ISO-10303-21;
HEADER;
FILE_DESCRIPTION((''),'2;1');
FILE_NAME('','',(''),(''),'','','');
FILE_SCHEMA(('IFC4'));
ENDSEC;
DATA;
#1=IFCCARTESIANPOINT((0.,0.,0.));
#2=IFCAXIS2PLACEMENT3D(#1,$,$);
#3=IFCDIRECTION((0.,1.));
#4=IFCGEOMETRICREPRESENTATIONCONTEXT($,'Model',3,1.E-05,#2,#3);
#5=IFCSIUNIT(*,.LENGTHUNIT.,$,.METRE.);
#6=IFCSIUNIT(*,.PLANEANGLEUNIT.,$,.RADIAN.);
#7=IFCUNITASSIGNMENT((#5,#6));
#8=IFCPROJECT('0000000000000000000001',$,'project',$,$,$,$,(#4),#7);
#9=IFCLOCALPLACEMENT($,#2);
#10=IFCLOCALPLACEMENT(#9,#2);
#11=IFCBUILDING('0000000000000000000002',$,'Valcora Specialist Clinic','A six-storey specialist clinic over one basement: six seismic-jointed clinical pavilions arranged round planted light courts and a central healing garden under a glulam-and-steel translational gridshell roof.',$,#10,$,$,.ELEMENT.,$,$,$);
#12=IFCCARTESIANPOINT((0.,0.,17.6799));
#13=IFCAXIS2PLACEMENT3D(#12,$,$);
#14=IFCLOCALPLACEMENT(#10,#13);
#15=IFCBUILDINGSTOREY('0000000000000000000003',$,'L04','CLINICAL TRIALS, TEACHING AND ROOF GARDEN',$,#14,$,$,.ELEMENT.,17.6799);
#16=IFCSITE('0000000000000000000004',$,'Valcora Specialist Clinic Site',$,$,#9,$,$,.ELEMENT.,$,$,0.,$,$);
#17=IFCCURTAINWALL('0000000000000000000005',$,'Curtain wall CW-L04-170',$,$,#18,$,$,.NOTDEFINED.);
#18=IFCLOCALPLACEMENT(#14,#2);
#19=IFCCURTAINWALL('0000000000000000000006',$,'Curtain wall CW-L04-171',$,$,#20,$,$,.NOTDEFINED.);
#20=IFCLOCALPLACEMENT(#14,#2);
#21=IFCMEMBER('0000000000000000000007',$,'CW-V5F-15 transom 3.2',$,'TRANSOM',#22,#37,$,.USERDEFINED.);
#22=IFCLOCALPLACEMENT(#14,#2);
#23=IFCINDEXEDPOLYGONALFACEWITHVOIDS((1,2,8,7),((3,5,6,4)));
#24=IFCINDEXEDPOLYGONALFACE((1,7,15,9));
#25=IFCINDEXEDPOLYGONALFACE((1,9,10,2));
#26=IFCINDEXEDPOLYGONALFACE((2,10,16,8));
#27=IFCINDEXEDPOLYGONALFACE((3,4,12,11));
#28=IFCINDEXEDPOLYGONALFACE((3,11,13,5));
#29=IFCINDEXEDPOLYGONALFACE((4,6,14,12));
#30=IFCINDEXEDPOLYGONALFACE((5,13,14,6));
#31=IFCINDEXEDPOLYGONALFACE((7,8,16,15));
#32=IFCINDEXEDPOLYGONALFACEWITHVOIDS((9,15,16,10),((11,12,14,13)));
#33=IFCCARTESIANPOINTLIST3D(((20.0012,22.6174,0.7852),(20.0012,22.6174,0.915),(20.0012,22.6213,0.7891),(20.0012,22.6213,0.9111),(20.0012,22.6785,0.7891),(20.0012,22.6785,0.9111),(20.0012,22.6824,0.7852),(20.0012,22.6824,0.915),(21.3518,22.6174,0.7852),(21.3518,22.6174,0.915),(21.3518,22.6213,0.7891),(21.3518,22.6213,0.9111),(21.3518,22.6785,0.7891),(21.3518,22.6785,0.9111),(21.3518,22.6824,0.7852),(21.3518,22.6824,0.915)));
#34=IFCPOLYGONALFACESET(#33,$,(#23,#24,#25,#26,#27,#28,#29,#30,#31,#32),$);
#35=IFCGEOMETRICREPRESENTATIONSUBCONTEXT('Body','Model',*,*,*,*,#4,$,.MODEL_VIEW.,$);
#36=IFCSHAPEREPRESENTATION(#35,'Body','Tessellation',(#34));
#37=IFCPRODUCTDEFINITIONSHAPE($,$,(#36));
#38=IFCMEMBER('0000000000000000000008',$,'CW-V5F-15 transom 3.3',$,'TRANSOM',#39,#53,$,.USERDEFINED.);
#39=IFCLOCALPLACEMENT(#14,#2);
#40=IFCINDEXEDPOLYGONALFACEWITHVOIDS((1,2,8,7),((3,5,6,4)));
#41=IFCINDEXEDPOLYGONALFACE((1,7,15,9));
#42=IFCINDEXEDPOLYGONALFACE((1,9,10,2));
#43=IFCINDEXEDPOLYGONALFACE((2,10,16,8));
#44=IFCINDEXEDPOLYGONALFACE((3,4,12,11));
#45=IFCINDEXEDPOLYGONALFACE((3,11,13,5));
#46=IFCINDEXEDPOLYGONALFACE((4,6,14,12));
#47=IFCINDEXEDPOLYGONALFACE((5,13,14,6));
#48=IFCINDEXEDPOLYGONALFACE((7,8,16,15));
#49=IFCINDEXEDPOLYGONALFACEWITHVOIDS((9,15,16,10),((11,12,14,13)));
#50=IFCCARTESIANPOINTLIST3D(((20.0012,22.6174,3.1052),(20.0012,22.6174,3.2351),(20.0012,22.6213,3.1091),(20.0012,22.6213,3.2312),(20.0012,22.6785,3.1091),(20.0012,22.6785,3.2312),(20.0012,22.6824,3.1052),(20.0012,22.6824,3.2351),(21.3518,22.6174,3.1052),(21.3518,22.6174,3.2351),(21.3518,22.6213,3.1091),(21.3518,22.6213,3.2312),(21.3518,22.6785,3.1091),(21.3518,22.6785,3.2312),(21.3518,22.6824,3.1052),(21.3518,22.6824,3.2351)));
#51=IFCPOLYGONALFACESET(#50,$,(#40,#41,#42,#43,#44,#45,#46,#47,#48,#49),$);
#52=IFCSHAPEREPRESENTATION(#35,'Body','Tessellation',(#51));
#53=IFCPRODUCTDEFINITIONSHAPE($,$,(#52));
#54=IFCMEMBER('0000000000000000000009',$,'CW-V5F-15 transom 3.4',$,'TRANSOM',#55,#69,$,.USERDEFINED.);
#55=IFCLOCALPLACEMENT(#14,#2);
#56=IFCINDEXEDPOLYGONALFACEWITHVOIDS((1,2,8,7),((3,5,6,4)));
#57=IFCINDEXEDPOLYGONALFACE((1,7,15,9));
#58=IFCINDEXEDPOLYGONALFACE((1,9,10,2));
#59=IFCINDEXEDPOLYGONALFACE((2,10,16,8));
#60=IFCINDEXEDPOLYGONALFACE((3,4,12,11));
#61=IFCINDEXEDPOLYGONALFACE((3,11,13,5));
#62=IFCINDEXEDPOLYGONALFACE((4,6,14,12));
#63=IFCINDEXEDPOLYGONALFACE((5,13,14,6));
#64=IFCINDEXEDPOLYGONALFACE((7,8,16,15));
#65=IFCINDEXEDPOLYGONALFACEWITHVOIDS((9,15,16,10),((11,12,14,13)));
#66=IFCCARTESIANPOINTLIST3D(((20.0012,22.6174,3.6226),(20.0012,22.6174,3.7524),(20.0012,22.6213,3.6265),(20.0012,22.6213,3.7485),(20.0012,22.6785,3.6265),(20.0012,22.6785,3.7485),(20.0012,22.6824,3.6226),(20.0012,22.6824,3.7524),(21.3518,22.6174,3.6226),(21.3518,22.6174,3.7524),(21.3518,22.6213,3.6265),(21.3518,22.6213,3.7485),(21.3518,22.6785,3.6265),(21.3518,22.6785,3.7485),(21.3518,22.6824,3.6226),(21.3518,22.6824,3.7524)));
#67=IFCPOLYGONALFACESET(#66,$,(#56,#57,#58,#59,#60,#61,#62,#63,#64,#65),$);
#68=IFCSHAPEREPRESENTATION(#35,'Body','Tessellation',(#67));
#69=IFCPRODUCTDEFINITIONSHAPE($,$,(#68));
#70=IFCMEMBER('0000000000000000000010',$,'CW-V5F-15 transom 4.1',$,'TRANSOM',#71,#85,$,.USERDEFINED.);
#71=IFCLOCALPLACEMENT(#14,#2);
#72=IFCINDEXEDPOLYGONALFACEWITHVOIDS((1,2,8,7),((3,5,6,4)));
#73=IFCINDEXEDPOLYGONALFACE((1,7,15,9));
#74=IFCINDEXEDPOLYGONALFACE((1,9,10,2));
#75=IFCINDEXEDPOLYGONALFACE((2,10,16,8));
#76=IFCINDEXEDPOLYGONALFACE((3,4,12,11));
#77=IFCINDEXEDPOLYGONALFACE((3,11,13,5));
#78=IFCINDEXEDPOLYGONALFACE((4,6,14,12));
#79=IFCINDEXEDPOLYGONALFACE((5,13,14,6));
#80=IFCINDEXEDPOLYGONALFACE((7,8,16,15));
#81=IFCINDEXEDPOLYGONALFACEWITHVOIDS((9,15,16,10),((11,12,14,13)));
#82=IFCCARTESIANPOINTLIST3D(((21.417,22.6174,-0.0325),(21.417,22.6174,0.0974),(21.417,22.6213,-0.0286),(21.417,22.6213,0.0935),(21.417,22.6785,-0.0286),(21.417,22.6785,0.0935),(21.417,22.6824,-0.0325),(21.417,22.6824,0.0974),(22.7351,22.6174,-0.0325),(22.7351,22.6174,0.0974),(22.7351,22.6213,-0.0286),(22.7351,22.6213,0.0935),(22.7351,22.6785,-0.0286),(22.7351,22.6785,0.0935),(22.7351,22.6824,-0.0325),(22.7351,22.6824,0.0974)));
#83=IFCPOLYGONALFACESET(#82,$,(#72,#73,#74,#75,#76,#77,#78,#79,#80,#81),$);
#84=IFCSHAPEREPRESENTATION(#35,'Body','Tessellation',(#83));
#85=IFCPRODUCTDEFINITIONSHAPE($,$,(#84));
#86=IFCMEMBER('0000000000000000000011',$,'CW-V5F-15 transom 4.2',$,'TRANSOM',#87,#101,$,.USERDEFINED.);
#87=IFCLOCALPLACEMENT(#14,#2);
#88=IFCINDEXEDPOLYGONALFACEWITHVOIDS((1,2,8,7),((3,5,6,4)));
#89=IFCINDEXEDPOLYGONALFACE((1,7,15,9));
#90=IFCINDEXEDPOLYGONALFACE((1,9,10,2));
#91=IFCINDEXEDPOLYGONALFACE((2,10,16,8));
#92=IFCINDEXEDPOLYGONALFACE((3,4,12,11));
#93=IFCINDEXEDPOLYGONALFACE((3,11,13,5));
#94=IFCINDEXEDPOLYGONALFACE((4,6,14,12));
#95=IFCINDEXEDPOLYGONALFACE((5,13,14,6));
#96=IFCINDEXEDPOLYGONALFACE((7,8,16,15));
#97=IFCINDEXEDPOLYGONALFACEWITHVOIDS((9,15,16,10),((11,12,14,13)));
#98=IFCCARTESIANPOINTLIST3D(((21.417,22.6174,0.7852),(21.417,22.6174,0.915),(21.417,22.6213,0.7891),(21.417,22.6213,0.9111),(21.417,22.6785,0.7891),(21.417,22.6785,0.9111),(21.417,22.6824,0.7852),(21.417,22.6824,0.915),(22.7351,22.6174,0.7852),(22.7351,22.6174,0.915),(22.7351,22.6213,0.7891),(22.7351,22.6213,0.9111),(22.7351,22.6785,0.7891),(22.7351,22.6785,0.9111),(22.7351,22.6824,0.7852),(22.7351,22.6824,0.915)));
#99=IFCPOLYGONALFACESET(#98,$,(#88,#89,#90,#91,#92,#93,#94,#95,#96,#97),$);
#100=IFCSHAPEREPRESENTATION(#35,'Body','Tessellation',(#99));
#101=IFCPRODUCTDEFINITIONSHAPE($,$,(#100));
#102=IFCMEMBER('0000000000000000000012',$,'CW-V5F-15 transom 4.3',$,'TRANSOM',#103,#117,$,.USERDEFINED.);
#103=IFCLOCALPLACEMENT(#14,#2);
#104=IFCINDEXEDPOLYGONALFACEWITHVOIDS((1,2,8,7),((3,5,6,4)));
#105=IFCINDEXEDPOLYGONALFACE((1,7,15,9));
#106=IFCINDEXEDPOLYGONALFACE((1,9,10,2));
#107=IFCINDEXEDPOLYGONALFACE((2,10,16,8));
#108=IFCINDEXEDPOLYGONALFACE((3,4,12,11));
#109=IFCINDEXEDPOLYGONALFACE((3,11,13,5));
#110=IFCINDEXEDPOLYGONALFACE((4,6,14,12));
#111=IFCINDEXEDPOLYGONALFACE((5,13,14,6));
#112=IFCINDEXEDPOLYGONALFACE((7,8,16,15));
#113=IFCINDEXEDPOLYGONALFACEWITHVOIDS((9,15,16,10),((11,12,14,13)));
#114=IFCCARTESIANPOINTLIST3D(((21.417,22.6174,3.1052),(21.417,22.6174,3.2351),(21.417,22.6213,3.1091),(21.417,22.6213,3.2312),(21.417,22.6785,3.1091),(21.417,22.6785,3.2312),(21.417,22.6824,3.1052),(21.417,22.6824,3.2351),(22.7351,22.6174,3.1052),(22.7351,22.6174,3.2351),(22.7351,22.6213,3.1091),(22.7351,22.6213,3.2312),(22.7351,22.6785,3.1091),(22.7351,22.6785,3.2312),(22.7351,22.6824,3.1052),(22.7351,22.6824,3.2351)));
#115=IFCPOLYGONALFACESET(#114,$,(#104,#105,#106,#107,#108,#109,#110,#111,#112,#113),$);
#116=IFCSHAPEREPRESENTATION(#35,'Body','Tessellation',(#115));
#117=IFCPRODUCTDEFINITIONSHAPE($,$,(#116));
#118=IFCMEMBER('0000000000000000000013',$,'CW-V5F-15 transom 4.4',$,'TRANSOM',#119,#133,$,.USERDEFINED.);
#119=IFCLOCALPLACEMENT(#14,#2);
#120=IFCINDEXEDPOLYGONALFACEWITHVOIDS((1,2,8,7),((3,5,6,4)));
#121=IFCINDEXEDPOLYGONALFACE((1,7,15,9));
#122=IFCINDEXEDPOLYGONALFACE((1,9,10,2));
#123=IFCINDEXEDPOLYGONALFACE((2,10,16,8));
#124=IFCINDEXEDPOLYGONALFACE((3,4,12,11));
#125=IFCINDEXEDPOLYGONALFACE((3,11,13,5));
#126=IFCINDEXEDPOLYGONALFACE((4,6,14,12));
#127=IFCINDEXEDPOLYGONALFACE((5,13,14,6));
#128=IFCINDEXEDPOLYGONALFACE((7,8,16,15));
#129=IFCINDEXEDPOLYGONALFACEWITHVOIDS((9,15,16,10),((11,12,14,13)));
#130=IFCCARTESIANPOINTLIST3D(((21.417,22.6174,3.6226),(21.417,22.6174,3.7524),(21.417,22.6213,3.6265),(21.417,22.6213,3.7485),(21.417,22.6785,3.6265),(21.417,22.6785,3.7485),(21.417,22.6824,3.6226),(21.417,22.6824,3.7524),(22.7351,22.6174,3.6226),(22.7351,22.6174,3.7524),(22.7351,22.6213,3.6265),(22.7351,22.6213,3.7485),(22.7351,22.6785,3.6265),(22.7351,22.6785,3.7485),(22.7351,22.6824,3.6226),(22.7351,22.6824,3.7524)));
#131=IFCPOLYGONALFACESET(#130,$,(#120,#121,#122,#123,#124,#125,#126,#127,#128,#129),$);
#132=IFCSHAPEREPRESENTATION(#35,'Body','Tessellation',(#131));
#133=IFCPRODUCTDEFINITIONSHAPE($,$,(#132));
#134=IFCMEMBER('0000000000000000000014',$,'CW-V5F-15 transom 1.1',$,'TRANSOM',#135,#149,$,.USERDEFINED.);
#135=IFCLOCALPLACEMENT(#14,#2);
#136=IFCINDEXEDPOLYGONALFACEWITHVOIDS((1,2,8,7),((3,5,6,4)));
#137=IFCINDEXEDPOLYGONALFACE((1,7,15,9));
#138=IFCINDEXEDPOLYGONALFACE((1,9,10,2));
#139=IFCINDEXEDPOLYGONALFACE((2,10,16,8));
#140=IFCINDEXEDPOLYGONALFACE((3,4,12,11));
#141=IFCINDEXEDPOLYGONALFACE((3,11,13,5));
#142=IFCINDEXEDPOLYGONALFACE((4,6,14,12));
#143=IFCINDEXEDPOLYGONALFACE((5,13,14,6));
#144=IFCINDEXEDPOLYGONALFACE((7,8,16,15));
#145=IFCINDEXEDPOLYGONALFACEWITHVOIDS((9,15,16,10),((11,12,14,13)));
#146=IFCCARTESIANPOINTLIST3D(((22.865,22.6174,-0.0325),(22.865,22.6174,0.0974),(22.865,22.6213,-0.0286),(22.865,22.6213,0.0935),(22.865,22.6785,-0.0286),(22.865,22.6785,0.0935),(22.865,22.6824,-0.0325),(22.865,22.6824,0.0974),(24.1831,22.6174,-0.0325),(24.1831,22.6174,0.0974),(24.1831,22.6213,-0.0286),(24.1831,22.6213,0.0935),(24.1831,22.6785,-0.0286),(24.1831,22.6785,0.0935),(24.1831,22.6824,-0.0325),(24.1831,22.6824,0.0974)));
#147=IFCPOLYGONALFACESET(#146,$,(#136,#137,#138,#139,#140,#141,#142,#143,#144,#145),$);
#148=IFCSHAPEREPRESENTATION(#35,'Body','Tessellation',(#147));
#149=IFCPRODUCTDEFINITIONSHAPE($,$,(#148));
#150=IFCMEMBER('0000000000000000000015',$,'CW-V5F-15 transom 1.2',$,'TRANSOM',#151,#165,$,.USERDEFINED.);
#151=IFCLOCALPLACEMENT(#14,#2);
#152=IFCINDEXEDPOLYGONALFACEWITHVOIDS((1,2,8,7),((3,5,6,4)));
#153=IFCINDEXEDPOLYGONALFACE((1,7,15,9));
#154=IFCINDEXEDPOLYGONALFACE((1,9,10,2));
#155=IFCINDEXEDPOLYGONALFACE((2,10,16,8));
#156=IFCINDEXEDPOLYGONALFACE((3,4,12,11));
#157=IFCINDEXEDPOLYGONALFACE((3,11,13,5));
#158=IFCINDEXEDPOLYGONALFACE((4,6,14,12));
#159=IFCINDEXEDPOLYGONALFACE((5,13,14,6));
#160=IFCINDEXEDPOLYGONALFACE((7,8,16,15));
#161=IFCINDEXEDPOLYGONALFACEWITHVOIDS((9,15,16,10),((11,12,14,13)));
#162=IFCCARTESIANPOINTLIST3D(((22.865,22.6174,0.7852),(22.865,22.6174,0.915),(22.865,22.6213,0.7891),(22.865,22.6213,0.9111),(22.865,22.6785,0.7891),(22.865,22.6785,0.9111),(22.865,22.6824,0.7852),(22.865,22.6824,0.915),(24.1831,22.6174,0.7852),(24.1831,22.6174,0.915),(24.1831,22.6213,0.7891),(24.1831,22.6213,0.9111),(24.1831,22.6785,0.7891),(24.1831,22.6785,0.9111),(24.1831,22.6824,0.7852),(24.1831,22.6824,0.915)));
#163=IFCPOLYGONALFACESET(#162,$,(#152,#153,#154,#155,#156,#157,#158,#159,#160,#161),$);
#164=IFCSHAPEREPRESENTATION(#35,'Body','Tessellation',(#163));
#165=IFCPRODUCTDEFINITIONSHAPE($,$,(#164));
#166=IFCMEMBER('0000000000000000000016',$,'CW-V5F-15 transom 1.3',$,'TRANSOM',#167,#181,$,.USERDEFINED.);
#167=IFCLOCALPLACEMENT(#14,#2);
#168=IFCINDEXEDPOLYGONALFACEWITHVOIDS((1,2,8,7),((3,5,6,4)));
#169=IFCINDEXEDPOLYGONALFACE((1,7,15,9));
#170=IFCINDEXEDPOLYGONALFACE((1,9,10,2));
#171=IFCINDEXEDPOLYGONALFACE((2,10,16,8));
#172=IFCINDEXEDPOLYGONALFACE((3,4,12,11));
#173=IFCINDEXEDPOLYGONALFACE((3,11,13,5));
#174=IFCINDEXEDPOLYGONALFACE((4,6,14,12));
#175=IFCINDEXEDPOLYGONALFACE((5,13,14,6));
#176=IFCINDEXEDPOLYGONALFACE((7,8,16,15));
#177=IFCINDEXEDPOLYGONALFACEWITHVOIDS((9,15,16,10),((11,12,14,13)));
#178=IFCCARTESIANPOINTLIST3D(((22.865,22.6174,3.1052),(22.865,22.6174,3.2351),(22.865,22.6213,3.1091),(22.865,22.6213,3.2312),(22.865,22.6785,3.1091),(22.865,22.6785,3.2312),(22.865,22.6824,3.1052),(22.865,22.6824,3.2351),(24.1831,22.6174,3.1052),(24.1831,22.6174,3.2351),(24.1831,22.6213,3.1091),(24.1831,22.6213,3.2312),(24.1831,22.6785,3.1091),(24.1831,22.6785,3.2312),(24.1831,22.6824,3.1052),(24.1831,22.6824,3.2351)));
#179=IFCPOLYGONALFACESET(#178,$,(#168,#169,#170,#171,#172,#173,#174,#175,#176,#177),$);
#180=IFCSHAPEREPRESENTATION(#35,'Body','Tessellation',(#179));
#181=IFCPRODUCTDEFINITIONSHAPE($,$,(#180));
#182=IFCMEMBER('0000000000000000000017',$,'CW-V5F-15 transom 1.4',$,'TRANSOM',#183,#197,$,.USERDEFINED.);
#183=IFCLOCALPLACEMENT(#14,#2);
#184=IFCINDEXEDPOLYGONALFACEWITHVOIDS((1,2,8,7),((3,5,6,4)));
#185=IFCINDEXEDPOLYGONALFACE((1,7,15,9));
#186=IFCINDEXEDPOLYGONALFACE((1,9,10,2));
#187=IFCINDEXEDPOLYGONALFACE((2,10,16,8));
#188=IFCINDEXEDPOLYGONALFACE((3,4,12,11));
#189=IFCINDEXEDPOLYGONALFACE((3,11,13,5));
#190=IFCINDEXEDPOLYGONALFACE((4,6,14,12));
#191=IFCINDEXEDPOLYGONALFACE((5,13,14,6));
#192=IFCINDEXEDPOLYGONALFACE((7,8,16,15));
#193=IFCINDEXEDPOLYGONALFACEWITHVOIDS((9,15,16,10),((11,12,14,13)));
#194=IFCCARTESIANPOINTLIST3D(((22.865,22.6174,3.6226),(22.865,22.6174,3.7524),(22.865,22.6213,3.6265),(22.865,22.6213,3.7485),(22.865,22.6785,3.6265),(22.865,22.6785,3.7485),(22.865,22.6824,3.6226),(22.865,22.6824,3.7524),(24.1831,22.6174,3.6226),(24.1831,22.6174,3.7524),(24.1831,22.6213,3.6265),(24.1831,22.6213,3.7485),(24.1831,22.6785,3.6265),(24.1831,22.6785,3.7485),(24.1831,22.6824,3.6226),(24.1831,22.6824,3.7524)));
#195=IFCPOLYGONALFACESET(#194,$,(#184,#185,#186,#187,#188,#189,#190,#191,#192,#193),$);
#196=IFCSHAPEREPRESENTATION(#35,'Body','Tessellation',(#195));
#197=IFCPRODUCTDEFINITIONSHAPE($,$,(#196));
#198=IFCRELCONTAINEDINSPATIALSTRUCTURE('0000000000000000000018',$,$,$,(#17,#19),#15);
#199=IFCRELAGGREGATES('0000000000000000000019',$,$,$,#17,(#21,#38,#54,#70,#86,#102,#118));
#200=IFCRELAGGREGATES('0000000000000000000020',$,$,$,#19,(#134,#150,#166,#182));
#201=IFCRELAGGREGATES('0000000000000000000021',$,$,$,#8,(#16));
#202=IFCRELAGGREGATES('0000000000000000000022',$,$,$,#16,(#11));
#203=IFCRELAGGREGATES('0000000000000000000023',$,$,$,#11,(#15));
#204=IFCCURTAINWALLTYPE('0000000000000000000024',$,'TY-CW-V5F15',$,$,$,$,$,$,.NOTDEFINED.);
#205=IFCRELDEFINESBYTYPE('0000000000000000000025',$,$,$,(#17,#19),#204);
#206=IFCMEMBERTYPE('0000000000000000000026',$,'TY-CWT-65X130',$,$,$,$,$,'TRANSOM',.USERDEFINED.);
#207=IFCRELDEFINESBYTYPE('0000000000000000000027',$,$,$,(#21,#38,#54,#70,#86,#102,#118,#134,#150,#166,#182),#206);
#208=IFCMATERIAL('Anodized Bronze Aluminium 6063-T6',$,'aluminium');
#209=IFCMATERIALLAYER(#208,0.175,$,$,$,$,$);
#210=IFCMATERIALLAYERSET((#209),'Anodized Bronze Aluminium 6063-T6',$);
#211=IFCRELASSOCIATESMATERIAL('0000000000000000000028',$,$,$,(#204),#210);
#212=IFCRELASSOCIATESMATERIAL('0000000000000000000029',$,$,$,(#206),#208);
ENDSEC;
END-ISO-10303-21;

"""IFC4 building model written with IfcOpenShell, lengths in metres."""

from ifc_helpers import new_model, si_unit, direction, frame, origin, origin_2d, place, context, subcontext, project, spatial, hollow_rectangle, extrude, material, layer, layer_set, material_profile, profile_set, type_object, element, aggregate, save


model = new_model("IFC4")

# Units and contexts
model_context = context("Model", 3, precision=1e-05, world=origin(), true_north=direction((0.0, 1.0)))
body_context = subcontext(model_context, "Body", "Model", "MODEL_VIEW")
ifc_project = project(units=[si_unit("LENGTHUNIT", "METRE"), si_unit("PLANEANGLEUNIT", "RADIAN")], contexts=[model_context])

# Site, building, storey
site_placement = place(None, origin())
site = spatial("IfcSite", under=ifc_project, at=site_placement, Name="Valcora Specialist Clinic Site", CompositionType="ELEMENT", RefElevation=0.0)
building_placement = place(site_placement, origin())
building = spatial("IfcBuilding", under=site, at=building_placement, Name="Valcora Specialist Clinic", Description="A six-storey specialist clinic over one basement: six seismic-jointed clinical pavilions arranged round planted light courts and a central healing garden under a glulam-and-steel translational gridshell roof.", CompositionType="ELEMENT")
storey_placement = place(building_placement, frame((0.0, 0.0, 17.6799)))
storey = spatial("IfcBuildingStorey", under=building, at=storey_placement, Name="L04", Description="CLINICAL TRIALS, TEACHING AND ROOF GARDEN", CompositionType="ELEMENT", Elevation=17.6799)

# Curtain walls
ifc_material_1 = material(Name="Anodized Bronze Aluminium 6063-T6", Category="aluminium")
ifc_layer_1 = layer(ifc_material_1, 0.175)
ifc_layer_set_1 = layer_set([ifc_layer_1], Name="Anodized Bronze Aluminium 6063-T6")
curtain_wall_type = type_object("IfcCurtainWallType", Name="TY-CW-V5F15", PredefinedType="NOTDEFINED", material=ifc_layer_set_1)
curtain_wall_1_placement = place(storey_placement, origin())
curtain_wall_1 = element("IfcCurtainWall", 1, at=curtain_wall_1_placement, inside=storey, type_object=curtain_wall_type, Name="Curtain wall CW-L04-170", PredefinedType="NOTDEFINED")
curtain_wall_2_placement = place(storey_placement, origin())
curtain_wall_2 = element("IfcCurtainWall", 2, at=curtain_wall_2_placement, inside=storey, type_object=curtain_wall_type, Name="Curtain wall CW-L04-171", PredefinedType="NOTDEFINED")

# Members
ifc_material_profile_1 = material_profile(ifc_material_1, hollow_rectangle(XDim=0.0649, YDim=0.1299, WallThickness=0.0039, at=origin_2d()), Name="AL-TRN-65X130")
ifc_profile_set_1 = profile_set([ifc_material_profile_1], Name="Anodized Bronze Aluminium 6063-T6")
member_type_1 = type_object("IfcMemberType", Name="TY-CWT-65X130", ElementType="TRANSOM", PredefinedType="USERDEFINED", material=ifc_profile_set_1)
member_1_placement = place(storey_placement, frame((20.0012, 22.6499, 0.8501), z_axis=(1.0, 0.0, 0.0), x_axis=(0.0, 1.0, 0.0)))
member_1 = element("IfcMember", 3, at=member_1_placement, type_object=member_type_1, Name="CW-V5F-15 transom 3.2", ObjectType="TRANSOM", PredefinedType="USERDEFINED", context=body_context, shape_type="SweptSolid", body=[
    extrude(hollow_rectangle(XDim=0.0649, YDim=0.1299, WallThickness=0.0039, at=origin_2d()), origin(), (0.0, 0.0, 1.0), 1.3506),
])
member_2_placement = place(storey_placement, frame((20.0012, 22.6499, 3.1702), z_axis=(1.0, 0.0, 0.0), x_axis=(0.0, 1.0, 0.0)))
member_2 = element("IfcMember", 4, at=member_2_placement, type_object=member_type_1, Name="CW-V5F-15 transom 3.3", ObjectType="TRANSOM", PredefinedType="USERDEFINED", context=body_context, shape_type="SweptSolid", body=[
    extrude(hollow_rectangle(XDim=0.0649, YDim=0.1299, WallThickness=0.0039, at=origin_2d()), origin(), (0.0, 0.0, 1.0), 1.3506),
])
member_3_placement = place(storey_placement, frame((20.0012, 22.6499, 3.6875), z_axis=(1.0, 0.0, 0.0), x_axis=(0.0, 1.0, 0.0)))
member_3 = element("IfcMember", 5, at=member_3_placement, type_object=member_type_1, Name="CW-V5F-15 transom 3.4", ObjectType="TRANSOM", PredefinedType="USERDEFINED", context=body_context, shape_type="SweptSolid", body=[
    extrude(hollow_rectangle(XDim=0.0649, YDim=0.1299, WallThickness=0.0039, at=origin_2d()), origin(), (0.0, 0.0, 1.0), 1.3506),
])
member_4_placement = place(storey_placement, frame((21.417, 22.6499, 0.0325), z_axis=(1.0, 0.0, 0.0), x_axis=(0.0, 1.0, 0.0)))
member_4 = element("IfcMember", 6, at=member_4_placement, type_object=member_type_1, Name="CW-V5F-15 transom 4.1", ObjectType="TRANSOM", PredefinedType="USERDEFINED", context=body_context, shape_type="SweptSolid", body=[
    extrude(hollow_rectangle(XDim=0.0649, YDim=0.1299, WallThickness=0.0039, at=origin_2d()), origin(), (0.0, 0.0, 1.0), 1.3181),
])
member_5_placement = place(storey_placement, frame((21.417, 22.6499, 0.8501), z_axis=(1.0, 0.0, 0.0), x_axis=(0.0, 1.0, 0.0)))
member_5 = element("IfcMember", 7, at=member_5_placement, type_object=member_type_1, Name="CW-V5F-15 transom 4.2", ObjectType="TRANSOM", PredefinedType="USERDEFINED", context=body_context, shape_type="SweptSolid", body=[
    extrude(hollow_rectangle(XDim=0.0649, YDim=0.1299, WallThickness=0.0039, at=origin_2d()), origin(), (0.0, 0.0, 1.0), 1.3181),
])
member_6_placement = place(storey_placement, frame((21.417, 22.6499, 3.1702), z_axis=(1.0, 0.0, 0.0), x_axis=(0.0, 1.0, 0.0)))
member_6 = element("IfcMember", 8, at=member_6_placement, type_object=member_type_1, Name="CW-V5F-15 transom 4.3", ObjectType="TRANSOM", PredefinedType="USERDEFINED", context=body_context, shape_type="SweptSolid", body=[
    extrude(hollow_rectangle(XDim=0.0649, YDim=0.1299, WallThickness=0.0039, at=origin_2d()), origin(), (0.0, 0.0, 1.0), 1.3181),
])
member_7_placement = place(storey_placement, frame((21.417, 22.6499, 3.6875), z_axis=(1.0, 0.0, 0.0), x_axis=(0.0, 1.0, 0.0)))
member_7 = element("IfcMember", 9, at=member_7_placement, type_object=member_type_1, Name="CW-V5F-15 transom 4.4", ObjectType="TRANSOM", PredefinedType="USERDEFINED", context=body_context, shape_type="SweptSolid", body=[
    extrude(hollow_rectangle(XDim=0.0649, YDim=0.1299, WallThickness=0.0039, at=origin_2d()), origin(), (0.0, 0.0, 1.0), 1.3181),
])
member_8_placement = place(storey_placement, frame((22.865, 22.6499, 0.0325), z_axis=(1.0, 0.0, 0.0), x_axis=(0.0, 1.0, 0.0)))
member_8 = element("IfcMember", 10, at=member_8_placement, type_object=member_type_1, Name="CW-V5F-15 transom 1.1", ObjectType="TRANSOM", PredefinedType="USERDEFINED", context=body_context, shape_type="SweptSolid", body=[
    extrude(hollow_rectangle(XDim=0.0649, YDim=0.1299, WallThickness=0.0039, at=origin_2d()), origin(), (0.0, 0.0, 1.0), 1.3181),
])
member_9_placement = place(storey_placement, frame((22.865, 22.6499, 0.8501), z_axis=(1.0, 0.0, 0.0), x_axis=(0.0, 1.0, 0.0)))
member_9 = element("IfcMember", 11, at=member_9_placement, type_object=member_type_1, Name="CW-V5F-15 transom 1.2", ObjectType="TRANSOM", PredefinedType="USERDEFINED", context=body_context, shape_type="SweptSolid", body=[
    extrude(hollow_rectangle(XDim=0.0649, YDim=0.1299, WallThickness=0.0039, at=origin_2d()), origin(), (0.0, 0.0, 1.0), 1.3181),
])
member_10_placement = place(storey_placement, frame((22.865, 22.6499, 3.1702), z_axis=(1.0, 0.0, 0.0), x_axis=(0.0, 1.0, 0.0)))
member_10 = element("IfcMember", 12, at=member_10_placement, type_object=member_type_1, Name="CW-V5F-15 transom 1.3", ObjectType="TRANSOM", PredefinedType="USERDEFINED", context=body_context, shape_type="SweptSolid", body=[
    extrude(hollow_rectangle(XDim=0.0649, YDim=0.1299, WallThickness=0.0039, at=origin_2d()), origin(), (0.0, 0.0, 1.0), 1.3181),
])
member_11_placement = place(storey_placement, frame((22.865, 22.6499, 3.6875), z_axis=(1.0, 0.0, 0.0), x_axis=(0.0, 1.0, 0.0)))
member_11 = element("IfcMember", 13, at=member_11_placement, type_object=member_type_1, Name="CW-V5F-15 transom 1.4", ObjectType="TRANSOM", PredefinedType="USERDEFINED", context=body_context, shape_type="SweptSolid", body=[
    extrude(hollow_rectangle(XDim=0.0649, YDim=0.1299, WallThickness=0.0039, at=origin_2d()), origin(), (0.0, 0.0, 1.0), 1.3181),
])

aggregate(curtain_wall_1, [member_1, member_2, member_3, member_4, member_5, member_6, member_7])
aggregate(curtain_wall_2, [member_8, member_9, member_10, member_11])

save(model, "model.ifc")
